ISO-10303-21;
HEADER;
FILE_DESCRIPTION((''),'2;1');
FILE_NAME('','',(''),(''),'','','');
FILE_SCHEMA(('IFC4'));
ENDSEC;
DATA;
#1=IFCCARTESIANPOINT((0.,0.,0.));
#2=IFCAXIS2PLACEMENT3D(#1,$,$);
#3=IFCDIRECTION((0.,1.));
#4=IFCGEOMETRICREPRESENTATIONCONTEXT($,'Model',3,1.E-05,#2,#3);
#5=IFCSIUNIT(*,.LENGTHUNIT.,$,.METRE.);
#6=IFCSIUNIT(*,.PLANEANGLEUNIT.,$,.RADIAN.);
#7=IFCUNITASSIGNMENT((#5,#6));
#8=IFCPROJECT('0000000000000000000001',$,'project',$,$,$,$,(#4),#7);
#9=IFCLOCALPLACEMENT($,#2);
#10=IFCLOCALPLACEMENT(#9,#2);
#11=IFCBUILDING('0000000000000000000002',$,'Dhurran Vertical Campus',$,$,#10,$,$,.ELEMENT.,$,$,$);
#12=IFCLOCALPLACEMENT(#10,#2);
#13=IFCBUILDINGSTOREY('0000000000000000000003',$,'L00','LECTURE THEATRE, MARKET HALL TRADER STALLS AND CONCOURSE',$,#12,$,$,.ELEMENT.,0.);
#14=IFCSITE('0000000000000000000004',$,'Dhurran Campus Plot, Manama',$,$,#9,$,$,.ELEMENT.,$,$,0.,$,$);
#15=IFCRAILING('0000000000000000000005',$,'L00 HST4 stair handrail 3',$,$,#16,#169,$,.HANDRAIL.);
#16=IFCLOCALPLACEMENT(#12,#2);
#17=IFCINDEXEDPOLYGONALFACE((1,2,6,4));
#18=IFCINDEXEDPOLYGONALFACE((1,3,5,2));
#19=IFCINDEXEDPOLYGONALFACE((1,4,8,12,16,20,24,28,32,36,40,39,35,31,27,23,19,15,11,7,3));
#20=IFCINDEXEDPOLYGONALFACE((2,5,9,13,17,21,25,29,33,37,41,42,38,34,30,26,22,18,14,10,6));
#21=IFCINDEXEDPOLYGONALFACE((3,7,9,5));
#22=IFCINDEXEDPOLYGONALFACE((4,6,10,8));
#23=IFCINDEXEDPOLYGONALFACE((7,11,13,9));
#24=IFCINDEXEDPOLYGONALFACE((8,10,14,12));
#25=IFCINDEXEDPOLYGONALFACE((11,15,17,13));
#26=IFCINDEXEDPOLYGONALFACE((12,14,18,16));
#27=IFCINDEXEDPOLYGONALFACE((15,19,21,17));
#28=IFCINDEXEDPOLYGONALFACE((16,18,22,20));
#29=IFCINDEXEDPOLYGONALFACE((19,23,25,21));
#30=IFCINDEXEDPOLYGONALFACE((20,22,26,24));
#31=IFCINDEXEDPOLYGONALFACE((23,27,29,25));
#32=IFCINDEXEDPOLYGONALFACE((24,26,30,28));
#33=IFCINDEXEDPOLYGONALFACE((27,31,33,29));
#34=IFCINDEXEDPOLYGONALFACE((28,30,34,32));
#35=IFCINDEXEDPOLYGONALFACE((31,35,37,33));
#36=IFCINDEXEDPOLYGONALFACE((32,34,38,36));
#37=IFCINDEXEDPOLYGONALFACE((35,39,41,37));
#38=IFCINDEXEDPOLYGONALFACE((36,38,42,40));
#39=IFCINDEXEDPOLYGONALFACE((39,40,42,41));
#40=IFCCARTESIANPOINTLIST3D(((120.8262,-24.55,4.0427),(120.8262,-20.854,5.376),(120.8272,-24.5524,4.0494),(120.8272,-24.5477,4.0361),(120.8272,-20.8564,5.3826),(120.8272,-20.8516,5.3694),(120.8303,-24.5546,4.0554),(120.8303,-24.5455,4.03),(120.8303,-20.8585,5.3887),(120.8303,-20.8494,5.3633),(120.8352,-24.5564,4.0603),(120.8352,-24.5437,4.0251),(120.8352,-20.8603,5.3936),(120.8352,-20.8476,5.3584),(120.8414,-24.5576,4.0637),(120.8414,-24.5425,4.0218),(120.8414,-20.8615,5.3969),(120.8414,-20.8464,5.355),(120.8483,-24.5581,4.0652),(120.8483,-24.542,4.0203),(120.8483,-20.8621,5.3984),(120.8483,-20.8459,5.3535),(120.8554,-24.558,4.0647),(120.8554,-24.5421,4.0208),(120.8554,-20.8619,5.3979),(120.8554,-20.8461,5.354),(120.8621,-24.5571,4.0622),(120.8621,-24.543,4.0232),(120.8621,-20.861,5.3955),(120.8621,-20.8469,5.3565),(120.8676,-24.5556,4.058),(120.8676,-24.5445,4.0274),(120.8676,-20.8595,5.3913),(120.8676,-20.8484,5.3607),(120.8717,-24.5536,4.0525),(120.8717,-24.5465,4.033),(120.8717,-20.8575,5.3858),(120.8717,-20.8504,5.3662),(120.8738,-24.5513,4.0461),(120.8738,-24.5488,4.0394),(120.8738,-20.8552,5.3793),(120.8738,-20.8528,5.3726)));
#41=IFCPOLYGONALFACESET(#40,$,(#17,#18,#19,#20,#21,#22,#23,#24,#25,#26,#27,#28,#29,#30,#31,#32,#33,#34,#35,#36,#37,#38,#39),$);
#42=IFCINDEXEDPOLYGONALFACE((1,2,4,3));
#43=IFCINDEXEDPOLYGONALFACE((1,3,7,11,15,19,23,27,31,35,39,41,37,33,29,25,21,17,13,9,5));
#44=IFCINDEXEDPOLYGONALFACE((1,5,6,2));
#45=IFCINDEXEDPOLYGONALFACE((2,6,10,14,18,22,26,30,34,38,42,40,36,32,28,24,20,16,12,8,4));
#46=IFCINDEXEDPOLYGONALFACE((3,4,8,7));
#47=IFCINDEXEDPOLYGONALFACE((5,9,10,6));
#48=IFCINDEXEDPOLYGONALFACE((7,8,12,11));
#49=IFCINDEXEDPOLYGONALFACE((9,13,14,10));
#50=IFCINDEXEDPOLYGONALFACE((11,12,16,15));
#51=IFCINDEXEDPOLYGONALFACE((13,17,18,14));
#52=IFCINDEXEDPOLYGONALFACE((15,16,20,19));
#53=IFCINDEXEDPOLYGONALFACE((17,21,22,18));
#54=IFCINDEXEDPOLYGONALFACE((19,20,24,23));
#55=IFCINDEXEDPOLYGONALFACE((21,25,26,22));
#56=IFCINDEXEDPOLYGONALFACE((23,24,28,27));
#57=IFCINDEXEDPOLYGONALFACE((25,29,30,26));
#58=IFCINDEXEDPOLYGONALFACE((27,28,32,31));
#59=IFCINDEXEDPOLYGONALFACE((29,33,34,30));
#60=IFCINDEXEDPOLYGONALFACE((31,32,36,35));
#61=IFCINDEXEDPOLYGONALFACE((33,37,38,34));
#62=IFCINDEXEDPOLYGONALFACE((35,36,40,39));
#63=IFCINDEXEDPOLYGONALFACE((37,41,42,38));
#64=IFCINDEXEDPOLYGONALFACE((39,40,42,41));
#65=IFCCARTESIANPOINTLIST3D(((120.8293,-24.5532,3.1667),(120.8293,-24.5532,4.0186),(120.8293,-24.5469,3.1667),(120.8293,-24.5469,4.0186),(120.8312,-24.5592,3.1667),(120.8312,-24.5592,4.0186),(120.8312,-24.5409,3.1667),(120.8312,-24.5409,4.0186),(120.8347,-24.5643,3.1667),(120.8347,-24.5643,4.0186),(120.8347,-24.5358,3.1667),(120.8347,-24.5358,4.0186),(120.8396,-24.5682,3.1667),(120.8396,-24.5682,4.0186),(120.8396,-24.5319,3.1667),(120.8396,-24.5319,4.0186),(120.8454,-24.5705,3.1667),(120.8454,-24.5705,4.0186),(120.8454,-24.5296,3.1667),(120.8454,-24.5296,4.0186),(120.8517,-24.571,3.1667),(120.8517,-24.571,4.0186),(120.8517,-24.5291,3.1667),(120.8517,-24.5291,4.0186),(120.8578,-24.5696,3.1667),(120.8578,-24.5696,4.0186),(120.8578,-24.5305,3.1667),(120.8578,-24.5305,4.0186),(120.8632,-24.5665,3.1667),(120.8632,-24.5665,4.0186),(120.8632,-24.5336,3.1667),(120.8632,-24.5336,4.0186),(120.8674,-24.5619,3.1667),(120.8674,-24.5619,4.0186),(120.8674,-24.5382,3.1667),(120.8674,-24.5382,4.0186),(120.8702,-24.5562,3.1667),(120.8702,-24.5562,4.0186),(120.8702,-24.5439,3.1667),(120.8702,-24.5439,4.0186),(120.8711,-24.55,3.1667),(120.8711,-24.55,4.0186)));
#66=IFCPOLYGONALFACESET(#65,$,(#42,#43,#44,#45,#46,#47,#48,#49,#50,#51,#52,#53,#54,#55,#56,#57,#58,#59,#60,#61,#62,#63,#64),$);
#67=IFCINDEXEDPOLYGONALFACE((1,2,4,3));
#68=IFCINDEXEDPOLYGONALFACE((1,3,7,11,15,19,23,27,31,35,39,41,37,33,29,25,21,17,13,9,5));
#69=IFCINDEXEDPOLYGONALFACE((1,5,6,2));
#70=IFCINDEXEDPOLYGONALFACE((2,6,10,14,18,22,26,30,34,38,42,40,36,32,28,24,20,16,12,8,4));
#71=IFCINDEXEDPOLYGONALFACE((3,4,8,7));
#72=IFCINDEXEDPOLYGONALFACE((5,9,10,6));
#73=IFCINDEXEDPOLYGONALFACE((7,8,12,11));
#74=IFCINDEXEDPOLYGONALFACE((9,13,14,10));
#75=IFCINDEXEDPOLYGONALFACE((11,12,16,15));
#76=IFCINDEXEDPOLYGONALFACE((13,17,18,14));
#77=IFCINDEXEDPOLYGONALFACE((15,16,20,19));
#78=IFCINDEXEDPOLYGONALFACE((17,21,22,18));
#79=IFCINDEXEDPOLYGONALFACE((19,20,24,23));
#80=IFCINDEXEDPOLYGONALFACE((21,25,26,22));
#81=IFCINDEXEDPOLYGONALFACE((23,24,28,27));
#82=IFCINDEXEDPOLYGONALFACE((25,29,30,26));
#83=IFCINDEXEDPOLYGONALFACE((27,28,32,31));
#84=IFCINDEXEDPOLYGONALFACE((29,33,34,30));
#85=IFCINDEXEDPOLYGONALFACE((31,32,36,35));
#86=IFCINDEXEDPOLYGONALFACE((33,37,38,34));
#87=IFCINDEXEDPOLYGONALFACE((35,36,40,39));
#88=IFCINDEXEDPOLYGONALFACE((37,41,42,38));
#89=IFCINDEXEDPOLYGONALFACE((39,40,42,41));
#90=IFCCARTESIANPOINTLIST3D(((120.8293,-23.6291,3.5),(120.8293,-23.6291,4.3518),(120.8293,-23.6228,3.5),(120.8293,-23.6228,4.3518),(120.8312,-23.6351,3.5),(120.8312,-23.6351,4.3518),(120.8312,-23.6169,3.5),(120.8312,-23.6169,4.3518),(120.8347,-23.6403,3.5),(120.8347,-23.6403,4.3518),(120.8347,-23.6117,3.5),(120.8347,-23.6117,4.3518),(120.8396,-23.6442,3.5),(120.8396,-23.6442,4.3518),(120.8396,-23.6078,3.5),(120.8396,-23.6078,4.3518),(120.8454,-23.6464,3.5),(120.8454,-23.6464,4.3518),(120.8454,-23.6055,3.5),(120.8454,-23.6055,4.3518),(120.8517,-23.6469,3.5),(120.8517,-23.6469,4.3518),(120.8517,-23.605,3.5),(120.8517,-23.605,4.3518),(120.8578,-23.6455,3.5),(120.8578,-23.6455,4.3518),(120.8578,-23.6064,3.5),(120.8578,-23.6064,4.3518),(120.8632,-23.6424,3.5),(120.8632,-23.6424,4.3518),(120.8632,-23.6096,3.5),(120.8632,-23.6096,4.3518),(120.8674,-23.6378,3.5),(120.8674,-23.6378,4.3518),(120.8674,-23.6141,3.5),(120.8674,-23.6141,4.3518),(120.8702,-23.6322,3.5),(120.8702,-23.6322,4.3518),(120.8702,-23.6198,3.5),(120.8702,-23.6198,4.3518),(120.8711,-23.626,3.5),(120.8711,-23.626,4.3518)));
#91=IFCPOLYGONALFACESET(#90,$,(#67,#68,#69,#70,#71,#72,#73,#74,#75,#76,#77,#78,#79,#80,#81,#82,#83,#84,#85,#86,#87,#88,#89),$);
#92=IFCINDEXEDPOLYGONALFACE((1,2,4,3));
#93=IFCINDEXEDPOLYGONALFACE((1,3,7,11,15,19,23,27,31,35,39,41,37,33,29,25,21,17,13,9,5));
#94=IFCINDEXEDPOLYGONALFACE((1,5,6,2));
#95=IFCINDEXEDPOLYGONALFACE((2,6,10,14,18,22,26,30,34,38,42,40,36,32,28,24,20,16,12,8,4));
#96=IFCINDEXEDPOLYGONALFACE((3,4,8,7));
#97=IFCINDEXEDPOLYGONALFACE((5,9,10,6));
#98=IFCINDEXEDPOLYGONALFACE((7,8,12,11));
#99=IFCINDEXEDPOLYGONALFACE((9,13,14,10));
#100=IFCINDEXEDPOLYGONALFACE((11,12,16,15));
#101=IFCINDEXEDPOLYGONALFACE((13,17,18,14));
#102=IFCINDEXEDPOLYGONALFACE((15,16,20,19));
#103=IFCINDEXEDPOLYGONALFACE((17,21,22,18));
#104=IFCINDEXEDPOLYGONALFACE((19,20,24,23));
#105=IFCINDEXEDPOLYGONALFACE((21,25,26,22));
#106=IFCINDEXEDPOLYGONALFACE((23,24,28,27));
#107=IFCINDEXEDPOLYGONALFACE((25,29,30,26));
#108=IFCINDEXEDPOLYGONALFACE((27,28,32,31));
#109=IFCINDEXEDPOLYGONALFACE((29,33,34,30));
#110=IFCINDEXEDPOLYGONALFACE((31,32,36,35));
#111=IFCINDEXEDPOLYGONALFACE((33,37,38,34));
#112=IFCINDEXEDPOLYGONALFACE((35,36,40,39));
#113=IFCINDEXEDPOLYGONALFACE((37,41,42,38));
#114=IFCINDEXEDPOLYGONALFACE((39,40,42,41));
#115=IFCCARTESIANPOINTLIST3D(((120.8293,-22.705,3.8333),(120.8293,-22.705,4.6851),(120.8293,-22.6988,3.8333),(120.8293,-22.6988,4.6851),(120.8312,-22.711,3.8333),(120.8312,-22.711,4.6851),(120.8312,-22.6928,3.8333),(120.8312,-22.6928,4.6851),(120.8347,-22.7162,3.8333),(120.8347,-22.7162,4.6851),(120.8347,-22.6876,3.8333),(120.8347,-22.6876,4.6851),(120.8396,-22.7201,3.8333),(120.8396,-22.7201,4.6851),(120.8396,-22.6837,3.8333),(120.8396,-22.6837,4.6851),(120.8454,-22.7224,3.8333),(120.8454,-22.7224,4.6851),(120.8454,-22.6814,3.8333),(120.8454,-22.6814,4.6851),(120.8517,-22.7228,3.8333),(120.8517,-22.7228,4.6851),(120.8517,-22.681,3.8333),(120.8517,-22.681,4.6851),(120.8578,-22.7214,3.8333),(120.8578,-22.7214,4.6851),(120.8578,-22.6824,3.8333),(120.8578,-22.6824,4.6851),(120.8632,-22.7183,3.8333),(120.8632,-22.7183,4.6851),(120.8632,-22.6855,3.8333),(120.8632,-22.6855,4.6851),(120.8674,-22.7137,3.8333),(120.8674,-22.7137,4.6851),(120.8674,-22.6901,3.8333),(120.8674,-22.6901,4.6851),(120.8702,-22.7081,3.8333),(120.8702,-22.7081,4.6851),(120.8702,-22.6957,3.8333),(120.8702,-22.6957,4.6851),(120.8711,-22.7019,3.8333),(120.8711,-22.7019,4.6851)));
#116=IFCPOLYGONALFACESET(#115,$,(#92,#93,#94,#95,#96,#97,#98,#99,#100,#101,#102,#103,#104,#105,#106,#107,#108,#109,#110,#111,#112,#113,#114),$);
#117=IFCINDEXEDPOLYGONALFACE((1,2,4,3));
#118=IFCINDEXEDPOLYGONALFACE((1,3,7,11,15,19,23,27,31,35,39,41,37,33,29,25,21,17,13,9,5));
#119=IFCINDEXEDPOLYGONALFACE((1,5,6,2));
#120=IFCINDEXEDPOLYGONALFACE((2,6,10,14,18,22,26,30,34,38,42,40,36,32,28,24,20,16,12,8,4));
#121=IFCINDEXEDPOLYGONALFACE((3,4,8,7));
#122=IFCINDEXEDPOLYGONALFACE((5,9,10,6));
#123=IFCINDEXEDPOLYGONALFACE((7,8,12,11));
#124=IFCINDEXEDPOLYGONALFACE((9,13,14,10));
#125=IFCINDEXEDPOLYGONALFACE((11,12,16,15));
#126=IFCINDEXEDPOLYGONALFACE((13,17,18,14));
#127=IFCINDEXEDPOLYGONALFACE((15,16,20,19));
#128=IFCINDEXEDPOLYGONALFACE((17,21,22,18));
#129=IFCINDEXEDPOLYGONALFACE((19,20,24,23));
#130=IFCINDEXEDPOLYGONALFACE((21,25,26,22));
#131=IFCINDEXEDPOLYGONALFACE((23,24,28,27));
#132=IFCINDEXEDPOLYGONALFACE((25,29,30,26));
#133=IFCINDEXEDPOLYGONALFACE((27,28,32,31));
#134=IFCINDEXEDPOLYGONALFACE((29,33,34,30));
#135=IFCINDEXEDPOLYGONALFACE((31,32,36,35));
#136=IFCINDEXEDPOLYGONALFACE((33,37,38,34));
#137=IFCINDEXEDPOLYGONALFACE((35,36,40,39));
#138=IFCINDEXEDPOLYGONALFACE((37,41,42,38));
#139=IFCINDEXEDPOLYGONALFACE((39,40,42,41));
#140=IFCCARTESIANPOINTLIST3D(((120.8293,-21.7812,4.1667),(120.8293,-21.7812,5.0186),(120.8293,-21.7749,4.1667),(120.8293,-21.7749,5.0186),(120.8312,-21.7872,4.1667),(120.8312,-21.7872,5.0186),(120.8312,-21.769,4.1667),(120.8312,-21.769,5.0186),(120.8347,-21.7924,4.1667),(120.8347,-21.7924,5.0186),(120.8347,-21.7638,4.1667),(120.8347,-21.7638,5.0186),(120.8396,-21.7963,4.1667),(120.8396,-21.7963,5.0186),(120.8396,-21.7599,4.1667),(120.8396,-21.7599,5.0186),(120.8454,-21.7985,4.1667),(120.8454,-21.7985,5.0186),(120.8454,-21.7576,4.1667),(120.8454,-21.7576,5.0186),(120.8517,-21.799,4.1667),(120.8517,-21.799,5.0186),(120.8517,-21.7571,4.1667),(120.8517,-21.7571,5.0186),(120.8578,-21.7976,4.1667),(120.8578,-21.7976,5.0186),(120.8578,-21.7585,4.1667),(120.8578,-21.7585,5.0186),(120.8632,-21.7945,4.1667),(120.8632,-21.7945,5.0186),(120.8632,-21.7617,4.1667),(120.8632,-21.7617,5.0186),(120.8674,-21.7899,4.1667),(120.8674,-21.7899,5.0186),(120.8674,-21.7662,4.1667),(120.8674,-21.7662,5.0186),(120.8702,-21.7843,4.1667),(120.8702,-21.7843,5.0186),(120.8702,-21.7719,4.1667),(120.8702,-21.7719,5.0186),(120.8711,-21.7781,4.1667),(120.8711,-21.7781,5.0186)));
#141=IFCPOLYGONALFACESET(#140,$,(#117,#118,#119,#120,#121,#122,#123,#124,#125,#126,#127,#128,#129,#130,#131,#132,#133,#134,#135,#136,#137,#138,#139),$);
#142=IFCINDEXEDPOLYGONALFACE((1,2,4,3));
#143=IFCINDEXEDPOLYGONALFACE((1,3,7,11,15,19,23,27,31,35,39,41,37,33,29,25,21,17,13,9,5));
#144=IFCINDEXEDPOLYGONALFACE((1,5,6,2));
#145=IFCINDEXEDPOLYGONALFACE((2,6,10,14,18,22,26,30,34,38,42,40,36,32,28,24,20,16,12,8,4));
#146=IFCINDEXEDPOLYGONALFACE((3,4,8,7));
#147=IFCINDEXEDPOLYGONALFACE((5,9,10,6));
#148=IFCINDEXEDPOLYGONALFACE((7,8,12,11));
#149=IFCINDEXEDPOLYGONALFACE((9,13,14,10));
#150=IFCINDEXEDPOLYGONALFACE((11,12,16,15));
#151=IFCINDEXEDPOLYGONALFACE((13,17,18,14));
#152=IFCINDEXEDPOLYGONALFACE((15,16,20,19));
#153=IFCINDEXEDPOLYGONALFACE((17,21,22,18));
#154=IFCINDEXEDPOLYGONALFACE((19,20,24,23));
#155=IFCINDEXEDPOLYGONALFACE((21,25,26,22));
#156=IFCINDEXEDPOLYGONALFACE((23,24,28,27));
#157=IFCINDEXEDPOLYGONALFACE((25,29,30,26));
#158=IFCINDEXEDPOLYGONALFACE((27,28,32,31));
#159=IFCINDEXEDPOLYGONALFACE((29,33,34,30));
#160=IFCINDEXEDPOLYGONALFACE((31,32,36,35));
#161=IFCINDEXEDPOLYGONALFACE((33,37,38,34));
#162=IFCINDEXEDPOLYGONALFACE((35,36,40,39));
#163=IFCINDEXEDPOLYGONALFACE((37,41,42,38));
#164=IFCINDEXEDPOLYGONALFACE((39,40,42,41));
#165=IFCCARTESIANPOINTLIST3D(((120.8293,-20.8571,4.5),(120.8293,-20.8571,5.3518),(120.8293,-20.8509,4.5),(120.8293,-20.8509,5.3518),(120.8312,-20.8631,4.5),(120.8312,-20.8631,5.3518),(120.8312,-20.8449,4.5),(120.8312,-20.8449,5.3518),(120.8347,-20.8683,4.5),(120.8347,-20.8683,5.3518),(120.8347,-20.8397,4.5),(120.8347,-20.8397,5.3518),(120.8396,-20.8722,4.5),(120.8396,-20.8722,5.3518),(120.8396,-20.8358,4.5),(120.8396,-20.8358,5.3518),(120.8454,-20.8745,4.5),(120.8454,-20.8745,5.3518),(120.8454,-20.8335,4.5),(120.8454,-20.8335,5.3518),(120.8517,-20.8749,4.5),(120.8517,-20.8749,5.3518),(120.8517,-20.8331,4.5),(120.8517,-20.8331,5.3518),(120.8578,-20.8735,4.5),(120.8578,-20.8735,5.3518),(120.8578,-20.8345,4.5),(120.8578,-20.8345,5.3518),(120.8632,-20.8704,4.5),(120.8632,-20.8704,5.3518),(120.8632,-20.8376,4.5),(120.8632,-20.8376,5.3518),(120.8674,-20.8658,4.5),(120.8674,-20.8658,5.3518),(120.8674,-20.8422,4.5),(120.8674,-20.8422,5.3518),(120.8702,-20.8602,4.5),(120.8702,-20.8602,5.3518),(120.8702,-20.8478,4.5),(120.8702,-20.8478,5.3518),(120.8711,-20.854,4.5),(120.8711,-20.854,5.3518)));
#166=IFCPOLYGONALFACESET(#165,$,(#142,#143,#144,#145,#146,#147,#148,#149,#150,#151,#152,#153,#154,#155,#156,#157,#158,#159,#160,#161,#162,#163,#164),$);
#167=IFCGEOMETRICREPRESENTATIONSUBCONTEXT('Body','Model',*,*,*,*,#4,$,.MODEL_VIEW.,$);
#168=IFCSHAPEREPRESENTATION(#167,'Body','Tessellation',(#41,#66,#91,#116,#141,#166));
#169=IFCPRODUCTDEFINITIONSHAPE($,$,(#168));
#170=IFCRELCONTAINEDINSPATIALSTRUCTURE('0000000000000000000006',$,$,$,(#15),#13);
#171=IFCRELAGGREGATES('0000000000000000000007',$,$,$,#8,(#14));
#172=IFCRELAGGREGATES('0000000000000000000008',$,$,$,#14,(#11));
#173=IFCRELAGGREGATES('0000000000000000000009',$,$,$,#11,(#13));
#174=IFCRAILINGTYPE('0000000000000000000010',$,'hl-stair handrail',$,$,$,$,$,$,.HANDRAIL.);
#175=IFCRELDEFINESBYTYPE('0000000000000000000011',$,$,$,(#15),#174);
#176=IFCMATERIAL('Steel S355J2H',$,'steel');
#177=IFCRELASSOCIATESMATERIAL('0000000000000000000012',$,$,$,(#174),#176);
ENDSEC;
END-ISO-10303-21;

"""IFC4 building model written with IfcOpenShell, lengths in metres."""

from ifc_helpers import new_model, si_unit, direction, frame, origin, origin_2d, place, context, subcontext, project, spatial, circle, extrude, material, type_object, element, save


model = new_model("IFC4")

# Units and contexts
model_context = context("Model", 3, precision=1e-05, world=origin(), true_north=direction((0.0, 1.0)))
body_context = subcontext(model_context, "Body", "Model", "MODEL_VIEW")
ifc_project = project(units=[si_unit("LENGTHUNIT", "METRE"), si_unit("PLANEANGLEUNIT", "RADIAN")], contexts=[model_context])

# Site, building, storey
site_placement = place(None, origin())
site = spatial("IfcSite", under=ifc_project, at=site_placement, Name="Dhurran Campus Plot, Manama", CompositionType="ELEMENT", RefElevation=0.0)
building_placement = place(site_placement, origin())
building = spatial("IfcBuilding", under=site, at=building_placement, Name="Dhurran Vertical Campus", CompositionType="ELEMENT")
storey_placement = place(building_placement, origin())
storey = spatial("IfcBuildingStorey", under=building, at=storey_placement, Name="L00", Description="LECTURE THEATRE, MARKET HALL TRADER STALLS AND CONCOURSE", CompositionType="ELEMENT", Elevation=0.0)

# Railing
ifc_material_1 = material(Name="Steel S355J2H", Category="steel")
railing_type_1 = type_object("IfcRailingType", Name="hl-stair handrail", PredefinedType="HANDRAIL", material=ifc_material_1)
for number, where, name in (
    (1, (120.8501, -24.55, 3.1667), "L00 HST4 stair handrail 3"),
):
    element("IfcRailing", number, at=place(storey_placement, frame(where)), inside=storey, type_object=railing_type_1, Name=name, PredefinedType="HANDRAIL", context=body_context, shape_type="SweptSolid", body=[
        extrude(circle(Radius=0.0239, at=origin_2d()), frame((0.0, 0.0, 0.876), z_axis=(0.0, 0.94067, 0.339322), x_axis=(-1.0, 0.0, 0.0)), (0.0, 0.0, 1.0), 3.9292),
        extrude(circle(Radius=0.021, at=origin_2d()), origin(), (0.0, 0.0, 1.0), 0.8518),
        extrude(circle(Radius=0.021, at=origin_2d()), frame((0.0, 0.9241, 0.3333)), (0.0, 0.0, 1.0), 0.8518),
        extrude(circle(Radius=0.021, at=origin_2d()), frame((0.0, 1.8481, 0.6665)), (0.0, 0.0, 1.0), 0.8518),
        extrude(circle(Radius=0.021, at=origin_2d()), frame((0.0, 2.772, 1.0)), (0.0, 0.0, 1.0), 0.8518),
        extrude(circle(Radius=0.021, at=origin_2d()), frame((0.0, 3.696, 1.3333)), (0.0, 0.0, 1.0), 0.8518),
    ])

save(model, "model.ifc")
